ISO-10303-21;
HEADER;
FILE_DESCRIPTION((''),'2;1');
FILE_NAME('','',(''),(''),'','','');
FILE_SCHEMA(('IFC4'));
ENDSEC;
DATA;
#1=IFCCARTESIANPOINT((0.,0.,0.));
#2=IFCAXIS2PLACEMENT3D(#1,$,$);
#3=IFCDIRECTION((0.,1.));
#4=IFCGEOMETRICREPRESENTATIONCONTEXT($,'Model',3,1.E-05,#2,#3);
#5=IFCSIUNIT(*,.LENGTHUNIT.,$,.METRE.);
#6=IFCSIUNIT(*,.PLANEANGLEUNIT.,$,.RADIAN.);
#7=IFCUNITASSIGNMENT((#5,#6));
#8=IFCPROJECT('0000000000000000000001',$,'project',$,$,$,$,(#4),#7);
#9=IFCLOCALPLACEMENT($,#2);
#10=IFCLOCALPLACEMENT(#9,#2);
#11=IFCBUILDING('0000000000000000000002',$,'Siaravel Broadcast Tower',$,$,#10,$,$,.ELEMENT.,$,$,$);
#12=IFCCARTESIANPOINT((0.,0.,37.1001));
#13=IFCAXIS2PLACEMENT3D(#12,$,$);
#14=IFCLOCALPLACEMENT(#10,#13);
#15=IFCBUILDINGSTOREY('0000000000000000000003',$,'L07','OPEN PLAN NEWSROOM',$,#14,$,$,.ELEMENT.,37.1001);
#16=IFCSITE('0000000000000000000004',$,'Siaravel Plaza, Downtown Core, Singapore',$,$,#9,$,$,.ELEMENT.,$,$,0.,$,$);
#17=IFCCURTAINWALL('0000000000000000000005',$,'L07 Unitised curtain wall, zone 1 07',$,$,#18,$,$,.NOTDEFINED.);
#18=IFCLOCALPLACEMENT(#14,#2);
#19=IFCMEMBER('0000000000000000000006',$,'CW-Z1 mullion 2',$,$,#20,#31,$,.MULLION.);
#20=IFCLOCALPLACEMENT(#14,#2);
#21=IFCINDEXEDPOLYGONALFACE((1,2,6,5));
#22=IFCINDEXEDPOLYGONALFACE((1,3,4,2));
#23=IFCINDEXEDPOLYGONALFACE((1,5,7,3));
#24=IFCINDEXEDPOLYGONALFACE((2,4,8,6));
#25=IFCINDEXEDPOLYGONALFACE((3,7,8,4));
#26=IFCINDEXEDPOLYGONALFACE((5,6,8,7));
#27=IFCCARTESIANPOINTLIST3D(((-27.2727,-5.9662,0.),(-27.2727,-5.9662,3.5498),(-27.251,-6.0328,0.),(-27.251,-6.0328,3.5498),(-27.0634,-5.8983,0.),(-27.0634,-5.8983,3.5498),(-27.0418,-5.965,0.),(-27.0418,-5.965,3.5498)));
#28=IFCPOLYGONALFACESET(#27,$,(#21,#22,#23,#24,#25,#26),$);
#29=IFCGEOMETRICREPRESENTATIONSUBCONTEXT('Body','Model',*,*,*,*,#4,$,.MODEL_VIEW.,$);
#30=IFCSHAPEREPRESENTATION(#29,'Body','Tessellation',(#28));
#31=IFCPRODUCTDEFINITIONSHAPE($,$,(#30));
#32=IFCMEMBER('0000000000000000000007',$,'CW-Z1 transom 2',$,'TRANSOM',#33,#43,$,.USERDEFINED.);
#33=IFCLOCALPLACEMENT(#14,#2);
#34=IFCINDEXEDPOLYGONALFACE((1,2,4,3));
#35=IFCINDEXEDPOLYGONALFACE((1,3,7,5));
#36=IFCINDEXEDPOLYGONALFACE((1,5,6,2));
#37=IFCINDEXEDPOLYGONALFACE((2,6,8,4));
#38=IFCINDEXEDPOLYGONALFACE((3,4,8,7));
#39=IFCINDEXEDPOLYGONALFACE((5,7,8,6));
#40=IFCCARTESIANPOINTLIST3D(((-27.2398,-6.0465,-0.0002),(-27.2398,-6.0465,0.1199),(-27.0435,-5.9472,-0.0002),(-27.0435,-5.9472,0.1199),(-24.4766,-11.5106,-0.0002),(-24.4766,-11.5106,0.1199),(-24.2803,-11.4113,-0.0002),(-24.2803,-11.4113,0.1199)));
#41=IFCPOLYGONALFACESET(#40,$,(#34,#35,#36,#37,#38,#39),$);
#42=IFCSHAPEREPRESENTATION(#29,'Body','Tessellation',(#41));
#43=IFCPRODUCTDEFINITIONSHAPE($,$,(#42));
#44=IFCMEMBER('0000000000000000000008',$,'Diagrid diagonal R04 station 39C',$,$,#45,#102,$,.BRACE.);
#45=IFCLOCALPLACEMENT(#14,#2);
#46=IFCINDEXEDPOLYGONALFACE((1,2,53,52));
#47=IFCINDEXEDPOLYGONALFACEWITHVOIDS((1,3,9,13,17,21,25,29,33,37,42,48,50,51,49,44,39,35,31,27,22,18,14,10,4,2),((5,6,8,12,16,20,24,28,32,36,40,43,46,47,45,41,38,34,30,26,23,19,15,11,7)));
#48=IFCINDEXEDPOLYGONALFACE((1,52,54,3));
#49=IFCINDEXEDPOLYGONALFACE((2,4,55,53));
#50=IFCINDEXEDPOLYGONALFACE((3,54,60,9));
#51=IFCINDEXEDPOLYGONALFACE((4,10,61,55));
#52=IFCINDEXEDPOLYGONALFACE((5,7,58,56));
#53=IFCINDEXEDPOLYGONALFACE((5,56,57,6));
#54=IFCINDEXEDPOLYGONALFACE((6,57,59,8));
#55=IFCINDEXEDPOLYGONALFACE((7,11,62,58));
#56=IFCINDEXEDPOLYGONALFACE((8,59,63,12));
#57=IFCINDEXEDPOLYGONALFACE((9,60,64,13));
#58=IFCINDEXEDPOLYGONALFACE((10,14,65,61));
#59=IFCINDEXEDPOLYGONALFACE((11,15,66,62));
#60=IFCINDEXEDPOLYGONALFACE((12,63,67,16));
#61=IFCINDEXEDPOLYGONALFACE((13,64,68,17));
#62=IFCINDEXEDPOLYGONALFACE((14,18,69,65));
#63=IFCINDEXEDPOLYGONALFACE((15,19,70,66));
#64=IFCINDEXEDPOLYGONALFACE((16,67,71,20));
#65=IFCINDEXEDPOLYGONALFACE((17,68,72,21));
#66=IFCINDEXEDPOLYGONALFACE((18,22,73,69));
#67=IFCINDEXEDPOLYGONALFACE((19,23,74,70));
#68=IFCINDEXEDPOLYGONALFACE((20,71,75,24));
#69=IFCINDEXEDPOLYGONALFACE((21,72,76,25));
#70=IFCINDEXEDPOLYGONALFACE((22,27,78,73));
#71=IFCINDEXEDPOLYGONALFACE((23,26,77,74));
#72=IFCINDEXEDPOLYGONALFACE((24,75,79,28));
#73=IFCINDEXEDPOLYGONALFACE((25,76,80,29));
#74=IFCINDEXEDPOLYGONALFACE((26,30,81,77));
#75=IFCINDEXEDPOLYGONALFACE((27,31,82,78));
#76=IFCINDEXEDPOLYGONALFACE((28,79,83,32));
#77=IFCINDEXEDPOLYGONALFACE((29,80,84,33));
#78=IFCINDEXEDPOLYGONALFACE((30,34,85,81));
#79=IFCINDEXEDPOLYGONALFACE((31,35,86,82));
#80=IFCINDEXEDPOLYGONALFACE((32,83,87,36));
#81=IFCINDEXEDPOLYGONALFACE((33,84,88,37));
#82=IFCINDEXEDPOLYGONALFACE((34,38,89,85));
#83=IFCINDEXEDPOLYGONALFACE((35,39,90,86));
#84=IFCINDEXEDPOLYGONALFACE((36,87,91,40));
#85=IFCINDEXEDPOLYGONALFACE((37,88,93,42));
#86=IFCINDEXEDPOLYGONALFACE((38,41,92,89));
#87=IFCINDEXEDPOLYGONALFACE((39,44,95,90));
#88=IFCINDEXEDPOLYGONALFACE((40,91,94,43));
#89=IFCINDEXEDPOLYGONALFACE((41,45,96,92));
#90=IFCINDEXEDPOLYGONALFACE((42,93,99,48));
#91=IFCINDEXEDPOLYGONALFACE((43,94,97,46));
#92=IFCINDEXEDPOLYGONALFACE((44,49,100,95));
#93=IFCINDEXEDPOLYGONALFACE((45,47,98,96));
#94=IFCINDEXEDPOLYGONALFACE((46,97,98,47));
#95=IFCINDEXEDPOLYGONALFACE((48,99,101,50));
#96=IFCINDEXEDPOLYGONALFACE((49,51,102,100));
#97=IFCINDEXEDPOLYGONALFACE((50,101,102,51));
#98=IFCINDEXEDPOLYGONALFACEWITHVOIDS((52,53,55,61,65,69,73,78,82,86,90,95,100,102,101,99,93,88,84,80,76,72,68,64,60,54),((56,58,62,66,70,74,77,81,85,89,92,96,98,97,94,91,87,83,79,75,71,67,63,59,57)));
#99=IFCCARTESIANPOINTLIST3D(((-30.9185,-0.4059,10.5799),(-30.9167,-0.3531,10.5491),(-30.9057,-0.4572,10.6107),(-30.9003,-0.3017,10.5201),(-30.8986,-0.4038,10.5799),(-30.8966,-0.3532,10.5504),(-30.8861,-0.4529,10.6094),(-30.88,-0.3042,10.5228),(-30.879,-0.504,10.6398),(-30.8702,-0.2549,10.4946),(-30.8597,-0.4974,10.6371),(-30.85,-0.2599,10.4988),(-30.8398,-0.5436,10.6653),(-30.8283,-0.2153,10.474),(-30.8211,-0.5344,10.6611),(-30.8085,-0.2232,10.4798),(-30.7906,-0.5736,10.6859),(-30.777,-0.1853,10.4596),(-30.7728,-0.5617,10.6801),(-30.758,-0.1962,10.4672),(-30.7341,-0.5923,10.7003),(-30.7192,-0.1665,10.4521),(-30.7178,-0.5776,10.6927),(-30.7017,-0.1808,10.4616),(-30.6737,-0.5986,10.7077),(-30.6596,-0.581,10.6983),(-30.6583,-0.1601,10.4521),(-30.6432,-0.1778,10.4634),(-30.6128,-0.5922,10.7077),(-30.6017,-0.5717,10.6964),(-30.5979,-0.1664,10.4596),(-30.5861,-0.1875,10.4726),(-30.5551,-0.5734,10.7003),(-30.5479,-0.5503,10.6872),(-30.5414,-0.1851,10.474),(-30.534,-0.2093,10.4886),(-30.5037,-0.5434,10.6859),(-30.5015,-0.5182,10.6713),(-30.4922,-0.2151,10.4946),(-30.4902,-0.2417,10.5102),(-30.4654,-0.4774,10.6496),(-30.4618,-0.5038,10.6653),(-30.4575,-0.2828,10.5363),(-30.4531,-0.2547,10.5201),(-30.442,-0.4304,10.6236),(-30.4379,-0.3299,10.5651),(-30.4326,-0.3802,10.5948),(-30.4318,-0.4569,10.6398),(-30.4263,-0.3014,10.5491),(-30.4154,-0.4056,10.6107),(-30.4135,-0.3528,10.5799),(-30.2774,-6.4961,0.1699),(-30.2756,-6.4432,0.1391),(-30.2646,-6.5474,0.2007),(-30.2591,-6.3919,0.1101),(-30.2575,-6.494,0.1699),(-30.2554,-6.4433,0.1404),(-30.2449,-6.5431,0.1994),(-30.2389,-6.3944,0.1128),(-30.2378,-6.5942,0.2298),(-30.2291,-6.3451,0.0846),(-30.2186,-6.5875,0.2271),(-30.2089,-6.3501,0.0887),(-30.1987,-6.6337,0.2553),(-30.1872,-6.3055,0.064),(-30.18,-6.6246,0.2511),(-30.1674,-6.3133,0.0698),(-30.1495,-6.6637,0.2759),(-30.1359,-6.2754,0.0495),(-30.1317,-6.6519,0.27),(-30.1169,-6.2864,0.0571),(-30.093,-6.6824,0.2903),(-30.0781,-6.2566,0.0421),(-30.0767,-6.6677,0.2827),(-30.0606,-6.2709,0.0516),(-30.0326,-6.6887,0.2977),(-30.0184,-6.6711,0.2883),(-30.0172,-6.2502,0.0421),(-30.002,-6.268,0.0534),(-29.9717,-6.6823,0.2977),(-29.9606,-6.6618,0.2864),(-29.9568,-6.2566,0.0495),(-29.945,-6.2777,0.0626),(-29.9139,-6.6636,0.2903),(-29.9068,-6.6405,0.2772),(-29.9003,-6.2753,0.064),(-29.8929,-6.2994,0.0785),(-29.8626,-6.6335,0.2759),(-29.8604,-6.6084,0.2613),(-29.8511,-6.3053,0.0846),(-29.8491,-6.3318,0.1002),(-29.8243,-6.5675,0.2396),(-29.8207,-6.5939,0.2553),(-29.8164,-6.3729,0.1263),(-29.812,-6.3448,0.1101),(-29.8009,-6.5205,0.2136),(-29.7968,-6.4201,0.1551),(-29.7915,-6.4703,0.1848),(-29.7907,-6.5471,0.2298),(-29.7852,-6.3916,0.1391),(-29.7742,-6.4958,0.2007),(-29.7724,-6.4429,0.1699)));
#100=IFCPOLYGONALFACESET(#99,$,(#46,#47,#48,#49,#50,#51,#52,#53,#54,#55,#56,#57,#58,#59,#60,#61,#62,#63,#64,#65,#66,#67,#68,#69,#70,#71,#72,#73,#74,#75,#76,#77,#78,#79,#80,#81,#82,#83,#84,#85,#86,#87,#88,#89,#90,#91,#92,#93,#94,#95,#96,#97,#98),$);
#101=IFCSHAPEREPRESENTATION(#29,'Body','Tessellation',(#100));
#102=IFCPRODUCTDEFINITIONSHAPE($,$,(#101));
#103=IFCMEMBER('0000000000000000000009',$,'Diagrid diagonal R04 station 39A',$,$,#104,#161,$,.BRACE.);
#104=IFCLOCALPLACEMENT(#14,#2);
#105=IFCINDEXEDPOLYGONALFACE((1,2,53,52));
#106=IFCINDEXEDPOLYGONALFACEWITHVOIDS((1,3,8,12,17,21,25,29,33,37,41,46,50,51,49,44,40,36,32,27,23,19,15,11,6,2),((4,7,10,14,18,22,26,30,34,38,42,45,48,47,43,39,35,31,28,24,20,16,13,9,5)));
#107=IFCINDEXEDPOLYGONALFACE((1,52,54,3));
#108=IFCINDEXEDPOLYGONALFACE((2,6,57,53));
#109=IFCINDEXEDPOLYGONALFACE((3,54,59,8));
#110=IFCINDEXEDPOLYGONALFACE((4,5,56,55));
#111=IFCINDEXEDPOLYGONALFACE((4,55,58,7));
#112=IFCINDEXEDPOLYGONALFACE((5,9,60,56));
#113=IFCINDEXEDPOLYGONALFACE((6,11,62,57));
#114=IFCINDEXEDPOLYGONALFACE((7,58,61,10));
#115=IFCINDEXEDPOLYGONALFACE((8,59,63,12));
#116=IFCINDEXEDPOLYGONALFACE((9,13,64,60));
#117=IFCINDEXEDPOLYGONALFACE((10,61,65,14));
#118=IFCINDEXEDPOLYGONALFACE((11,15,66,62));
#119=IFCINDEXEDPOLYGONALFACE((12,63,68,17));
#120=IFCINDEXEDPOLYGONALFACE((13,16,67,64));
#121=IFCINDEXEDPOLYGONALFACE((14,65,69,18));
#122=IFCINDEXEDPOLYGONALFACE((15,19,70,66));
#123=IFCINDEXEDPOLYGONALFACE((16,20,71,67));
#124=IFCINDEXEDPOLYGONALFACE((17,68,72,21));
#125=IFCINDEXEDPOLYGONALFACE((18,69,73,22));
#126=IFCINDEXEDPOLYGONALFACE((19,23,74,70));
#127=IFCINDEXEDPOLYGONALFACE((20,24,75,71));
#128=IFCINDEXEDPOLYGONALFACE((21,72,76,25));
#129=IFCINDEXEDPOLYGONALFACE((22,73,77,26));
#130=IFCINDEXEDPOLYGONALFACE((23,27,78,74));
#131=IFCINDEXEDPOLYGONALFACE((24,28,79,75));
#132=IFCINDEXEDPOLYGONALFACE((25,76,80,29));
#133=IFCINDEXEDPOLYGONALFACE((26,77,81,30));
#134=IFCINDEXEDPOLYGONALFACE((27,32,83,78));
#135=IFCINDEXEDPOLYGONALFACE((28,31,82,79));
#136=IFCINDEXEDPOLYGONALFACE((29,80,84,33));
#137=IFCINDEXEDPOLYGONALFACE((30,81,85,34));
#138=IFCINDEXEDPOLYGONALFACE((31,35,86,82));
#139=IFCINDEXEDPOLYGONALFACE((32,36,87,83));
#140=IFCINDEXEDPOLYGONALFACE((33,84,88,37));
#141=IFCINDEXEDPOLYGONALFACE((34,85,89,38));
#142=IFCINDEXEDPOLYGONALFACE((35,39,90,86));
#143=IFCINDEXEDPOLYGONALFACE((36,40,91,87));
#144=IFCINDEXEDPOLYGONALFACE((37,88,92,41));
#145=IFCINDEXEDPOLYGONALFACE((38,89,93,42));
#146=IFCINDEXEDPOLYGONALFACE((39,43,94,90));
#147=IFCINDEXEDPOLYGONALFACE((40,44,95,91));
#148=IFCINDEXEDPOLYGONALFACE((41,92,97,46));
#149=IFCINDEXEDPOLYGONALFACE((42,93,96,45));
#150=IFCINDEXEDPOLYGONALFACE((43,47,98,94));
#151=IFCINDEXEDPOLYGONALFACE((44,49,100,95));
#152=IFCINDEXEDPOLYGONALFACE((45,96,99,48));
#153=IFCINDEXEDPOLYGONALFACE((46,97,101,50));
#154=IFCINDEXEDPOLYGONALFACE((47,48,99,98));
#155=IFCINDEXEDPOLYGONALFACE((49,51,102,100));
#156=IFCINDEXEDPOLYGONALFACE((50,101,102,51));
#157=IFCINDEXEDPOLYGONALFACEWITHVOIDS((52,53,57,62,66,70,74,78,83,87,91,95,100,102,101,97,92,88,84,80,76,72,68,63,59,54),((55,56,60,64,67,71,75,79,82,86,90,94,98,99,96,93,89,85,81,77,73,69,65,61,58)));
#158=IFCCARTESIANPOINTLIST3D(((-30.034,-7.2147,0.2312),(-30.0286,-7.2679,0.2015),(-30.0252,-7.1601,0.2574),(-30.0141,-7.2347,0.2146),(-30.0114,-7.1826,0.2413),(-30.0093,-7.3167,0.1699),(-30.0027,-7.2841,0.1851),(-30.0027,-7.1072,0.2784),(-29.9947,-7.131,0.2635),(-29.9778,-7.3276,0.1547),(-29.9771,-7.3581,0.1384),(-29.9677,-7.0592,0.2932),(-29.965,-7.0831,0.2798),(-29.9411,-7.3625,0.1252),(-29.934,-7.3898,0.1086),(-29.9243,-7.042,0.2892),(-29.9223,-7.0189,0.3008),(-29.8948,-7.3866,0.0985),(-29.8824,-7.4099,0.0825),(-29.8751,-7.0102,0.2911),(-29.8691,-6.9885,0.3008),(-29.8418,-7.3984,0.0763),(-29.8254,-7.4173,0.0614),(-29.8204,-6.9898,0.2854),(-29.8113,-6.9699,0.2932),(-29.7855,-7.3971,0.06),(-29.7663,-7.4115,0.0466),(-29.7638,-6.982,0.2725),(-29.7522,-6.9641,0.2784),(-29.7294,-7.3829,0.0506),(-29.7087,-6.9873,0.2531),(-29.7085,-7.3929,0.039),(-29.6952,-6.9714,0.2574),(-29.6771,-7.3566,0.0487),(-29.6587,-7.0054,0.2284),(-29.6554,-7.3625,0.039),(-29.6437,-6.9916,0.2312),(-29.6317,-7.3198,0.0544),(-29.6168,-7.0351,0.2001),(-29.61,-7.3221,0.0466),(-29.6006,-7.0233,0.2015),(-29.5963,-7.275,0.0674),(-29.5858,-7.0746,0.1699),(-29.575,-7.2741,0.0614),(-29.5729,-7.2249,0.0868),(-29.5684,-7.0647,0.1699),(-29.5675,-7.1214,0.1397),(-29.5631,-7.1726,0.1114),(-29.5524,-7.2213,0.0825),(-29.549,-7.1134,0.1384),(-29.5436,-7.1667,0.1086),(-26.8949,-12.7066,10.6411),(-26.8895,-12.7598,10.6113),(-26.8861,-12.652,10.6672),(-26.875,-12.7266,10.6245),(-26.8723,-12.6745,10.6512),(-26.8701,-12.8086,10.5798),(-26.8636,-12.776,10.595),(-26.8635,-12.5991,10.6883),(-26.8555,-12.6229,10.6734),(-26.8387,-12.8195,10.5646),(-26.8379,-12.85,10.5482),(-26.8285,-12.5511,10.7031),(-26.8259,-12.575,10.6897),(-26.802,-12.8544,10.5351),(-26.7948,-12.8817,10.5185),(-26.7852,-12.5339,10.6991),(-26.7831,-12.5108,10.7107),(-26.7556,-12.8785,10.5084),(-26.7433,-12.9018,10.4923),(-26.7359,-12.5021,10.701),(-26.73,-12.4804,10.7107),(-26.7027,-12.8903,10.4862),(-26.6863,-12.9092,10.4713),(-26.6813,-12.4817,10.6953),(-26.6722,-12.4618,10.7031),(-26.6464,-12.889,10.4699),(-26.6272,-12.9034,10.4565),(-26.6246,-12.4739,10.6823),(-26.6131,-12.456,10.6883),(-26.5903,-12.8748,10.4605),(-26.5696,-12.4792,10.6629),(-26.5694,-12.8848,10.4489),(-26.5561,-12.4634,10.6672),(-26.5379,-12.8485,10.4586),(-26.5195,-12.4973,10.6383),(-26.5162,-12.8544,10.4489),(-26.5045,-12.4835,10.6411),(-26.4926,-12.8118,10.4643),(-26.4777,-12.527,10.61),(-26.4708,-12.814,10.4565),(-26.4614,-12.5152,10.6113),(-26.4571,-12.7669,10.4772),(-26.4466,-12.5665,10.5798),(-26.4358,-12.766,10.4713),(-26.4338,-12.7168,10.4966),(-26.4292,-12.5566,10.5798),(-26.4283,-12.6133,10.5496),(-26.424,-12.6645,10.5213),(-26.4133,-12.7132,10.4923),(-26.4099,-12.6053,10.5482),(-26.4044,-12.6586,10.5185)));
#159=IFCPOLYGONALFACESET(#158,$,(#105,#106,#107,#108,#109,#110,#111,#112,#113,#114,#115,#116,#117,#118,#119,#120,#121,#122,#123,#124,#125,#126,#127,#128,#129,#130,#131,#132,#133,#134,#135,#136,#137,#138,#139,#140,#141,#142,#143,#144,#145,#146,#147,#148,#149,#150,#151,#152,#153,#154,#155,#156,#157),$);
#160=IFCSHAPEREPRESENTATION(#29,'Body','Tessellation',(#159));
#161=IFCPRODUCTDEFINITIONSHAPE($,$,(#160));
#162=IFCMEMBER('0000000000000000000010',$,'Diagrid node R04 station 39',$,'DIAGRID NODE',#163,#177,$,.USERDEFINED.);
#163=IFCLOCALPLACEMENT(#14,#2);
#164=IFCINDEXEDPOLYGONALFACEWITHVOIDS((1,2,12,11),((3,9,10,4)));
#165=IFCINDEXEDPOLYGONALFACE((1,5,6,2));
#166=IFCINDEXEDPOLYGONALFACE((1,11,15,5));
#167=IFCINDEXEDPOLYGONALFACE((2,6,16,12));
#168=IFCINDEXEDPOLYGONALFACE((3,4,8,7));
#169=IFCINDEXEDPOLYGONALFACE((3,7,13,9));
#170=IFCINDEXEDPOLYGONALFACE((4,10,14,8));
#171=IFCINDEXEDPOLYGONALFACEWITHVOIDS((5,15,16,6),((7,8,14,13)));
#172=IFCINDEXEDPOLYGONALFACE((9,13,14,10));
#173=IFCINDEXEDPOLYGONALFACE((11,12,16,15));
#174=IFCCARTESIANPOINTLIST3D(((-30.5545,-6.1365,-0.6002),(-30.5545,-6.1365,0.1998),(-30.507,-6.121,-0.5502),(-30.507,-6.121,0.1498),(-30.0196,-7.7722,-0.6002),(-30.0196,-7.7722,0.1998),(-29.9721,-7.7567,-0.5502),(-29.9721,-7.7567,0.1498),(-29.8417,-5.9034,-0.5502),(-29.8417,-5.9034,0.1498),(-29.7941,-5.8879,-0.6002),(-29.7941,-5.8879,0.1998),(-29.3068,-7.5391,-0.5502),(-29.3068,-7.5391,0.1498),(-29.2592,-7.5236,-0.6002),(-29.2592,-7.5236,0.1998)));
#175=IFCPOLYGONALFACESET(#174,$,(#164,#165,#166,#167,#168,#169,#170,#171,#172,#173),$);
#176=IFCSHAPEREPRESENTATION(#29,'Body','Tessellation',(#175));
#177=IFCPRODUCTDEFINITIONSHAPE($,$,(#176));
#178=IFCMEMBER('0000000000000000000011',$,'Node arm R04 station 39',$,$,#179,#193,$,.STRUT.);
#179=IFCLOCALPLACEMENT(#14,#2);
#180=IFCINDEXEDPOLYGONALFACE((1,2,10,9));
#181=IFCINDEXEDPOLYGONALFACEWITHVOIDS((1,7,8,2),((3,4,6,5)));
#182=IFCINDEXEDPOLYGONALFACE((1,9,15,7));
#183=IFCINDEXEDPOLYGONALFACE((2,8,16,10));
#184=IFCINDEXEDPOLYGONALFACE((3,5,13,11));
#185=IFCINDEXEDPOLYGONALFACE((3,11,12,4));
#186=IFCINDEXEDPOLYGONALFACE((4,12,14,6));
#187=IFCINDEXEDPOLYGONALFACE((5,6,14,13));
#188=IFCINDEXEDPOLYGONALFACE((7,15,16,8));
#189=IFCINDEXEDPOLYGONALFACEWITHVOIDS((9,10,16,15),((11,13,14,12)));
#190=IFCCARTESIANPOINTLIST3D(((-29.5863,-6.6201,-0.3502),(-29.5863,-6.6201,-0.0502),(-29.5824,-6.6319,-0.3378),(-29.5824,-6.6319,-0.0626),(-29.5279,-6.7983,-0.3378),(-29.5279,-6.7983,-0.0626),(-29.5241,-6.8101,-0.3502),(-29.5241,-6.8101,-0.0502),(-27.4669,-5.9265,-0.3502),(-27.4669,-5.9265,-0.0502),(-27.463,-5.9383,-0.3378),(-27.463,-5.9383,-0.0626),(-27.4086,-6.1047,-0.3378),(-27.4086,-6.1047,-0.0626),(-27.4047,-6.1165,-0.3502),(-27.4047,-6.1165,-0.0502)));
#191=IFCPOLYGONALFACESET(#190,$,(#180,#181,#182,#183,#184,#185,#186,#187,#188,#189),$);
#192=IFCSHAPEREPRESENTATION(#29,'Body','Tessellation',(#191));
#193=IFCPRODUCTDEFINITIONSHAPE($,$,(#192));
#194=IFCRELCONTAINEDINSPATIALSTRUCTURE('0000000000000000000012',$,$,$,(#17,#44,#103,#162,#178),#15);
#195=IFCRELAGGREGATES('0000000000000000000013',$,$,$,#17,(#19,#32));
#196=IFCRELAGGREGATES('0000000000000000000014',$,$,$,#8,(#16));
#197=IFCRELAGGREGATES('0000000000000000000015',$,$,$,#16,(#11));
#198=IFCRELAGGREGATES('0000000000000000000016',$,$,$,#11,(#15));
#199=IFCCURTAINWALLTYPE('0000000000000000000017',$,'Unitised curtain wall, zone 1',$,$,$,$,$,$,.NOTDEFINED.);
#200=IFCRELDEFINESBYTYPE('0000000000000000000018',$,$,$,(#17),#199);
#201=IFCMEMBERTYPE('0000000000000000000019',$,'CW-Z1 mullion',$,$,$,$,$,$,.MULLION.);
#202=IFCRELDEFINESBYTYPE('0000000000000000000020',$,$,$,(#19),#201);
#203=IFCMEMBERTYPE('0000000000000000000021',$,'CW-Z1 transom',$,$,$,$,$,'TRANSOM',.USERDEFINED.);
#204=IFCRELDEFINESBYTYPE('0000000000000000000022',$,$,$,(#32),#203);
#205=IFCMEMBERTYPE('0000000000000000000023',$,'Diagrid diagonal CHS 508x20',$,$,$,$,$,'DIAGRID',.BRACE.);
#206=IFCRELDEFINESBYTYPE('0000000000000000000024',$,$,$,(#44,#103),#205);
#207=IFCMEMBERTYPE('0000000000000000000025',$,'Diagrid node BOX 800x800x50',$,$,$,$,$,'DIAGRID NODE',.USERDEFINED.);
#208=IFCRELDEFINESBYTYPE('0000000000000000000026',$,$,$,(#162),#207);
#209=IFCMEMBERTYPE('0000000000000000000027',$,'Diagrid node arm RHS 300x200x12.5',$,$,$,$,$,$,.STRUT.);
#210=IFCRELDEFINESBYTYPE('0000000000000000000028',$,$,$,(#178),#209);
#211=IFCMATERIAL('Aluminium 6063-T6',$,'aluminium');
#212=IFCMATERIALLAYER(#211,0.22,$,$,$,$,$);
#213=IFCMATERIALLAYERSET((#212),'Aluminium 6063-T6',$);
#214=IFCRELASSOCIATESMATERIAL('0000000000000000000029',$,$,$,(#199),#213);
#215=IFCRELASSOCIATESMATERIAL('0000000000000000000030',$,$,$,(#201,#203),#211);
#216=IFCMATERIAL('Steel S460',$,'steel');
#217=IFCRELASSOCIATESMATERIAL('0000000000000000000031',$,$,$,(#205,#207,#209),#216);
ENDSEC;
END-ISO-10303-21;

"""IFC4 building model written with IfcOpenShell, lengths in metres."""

from ifc_helpers import new_model, si_unit, direction, frame, origin, origin_2d, place, context, subcontext, project, spatial, rectangle, hollow_rectangle, hollow_circle, extrude, material, layer, layer_set, material_profile, profile_set, type_object, element, aggregate, save


model = new_model("IFC4")

# Units and contexts
model_context = context("Model", 3, precision=1e-05, world=origin(), true_north=direction((0.0, 1.0)))
body_context = subcontext(model_context, "Body", "Model", "MODEL_VIEW")
ifc_project = project(units=[si_unit("LENGTHUNIT", "METRE"), si_unit("PLANEANGLEUNIT", "RADIAN")], contexts=[model_context])

# Site, building, storey
site_placement = place(None, origin())
site = spatial("IfcSite", under=ifc_project, at=site_placement, Name="Siaravel Plaza, Downtown Core, Singapore", CompositionType="ELEMENT", RefElevation=0.0)
building_placement = place(site_placement, origin())
building = spatial("IfcBuilding", under=site, at=building_placement, Name="Siaravel Broadcast Tower", CompositionType="ELEMENT")
storey_placement = place(building_placement, frame((0.0, 0.0, 37.1001)))
storey = spatial("IfcBuildingStorey", under=building, at=storey_placement, Name="L07", Description="OPEN PLAN NEWSROOM", CompositionType="ELEMENT", Elevation=37.1001)

# Curtain wall, members
ifc_material_1 = material(Name="Aluminium 6063-T6", Category="aluminium")
ifc_layer_1 = layer(ifc_material_1, 0.22)
ifc_layer_set_1 = layer_set([ifc_layer_1], Name="Aluminium 6063-T6")
curtain_wall_type = type_object("IfcCurtainWallType", Name="Unitised curtain wall, zone 1", PredefinedType="NOTDEFINED", material=ifc_layer_set_1)
curtain_wall_placement = place(storey_placement, origin())
curtain_wall = element("IfcCurtainWall", 1, at=curtain_wall_placement, inside=storey, type_object=curtain_wall_type, Name="L07 Unitised curtain wall, zone 1 07", PredefinedType="NOTDEFINED")
ifc_material_profile_1 = material_profile(ifc_material_1, rectangle(XDim=0.22, YDim=0.0701, at=origin_2d()))
ifc_profile_set_1 = profile_set([ifc_material_profile_1], Name="Aluminium 6063-T6")
member_type_1 = type_object("IfcMemberType", Name="CW-Z1 mullion", PredefinedType="MULLION", material=ifc_profile_set_1)
member_1_placement = place(storey_placement, frame((-27.1572, -5.9656, 0.0), z_axis=(0.0, 0.0, 1.0), x_axis=(0.951177, 0.308646, 0.0)))
member_1 = element("IfcMember", 2, at=member_1_placement, type_object=member_type_1, Name="CW-Z1 mullion 2", PredefinedType="MULLION", context=body_context, shape_type="SweptSolid", body=[
    extrude(rectangle(XDim=0.22, YDim=0.0701, at=origin_2d()), origin(), (0.0, 0.0, 1.0), 3.5498),
])
ifc_material_profile_2 = material_profile(ifc_material_1, rectangle(XDim=0.22, YDim=0.1201, at=origin_2d()))
ifc_profile_set_2 = profile_set([ifc_material_profile_2], Name="Aluminium 6063-T6")
member_type_2 = type_object("IfcMemberType", Name="CW-Z1 transom", ElementType="TRANSOM", PredefinedType="USERDEFINED", material=ifc_profile_set_2)
member_2_placement = place(storey_placement, frame((-27.1416, -5.9968, 0.0598), z_axis=(0.451276, -0.892384, 0.0), x_axis=(0.892384, 0.451276, 0.0)))
member_2 = element("IfcMember", 3, at=member_2_placement, type_object=member_type_2, Name="CW-Z1 transom 2", ObjectType="TRANSOM", PredefinedType="USERDEFINED", context=body_context, shape_type="SweptSolid", body=[
    extrude(rectangle(XDim=0.22, YDim=0.1201, at=origin_2d()), origin(), (0.0, 0.0, 1.0), 6.123),
])

# Members
ifc_material_2 = material(Name="Steel S460", Category="steel")
ifc_material_profile_3 = material_profile(ifc_material_2, hollow_circle(Radius=0.2539, WallThickness=0.02, at=origin_2d()))
ifc_profile_set_3 = profile_set([ifc_material_profile_3], Name="Steel S460")
member_type_3 = type_object("IfcMemberType", Name="Diagrid diagonal CHS 508x20", ElementType="DIAGRID", PredefinedType="BRACE", material=ifc_profile_set_3)
member_3_placement = place(storey_placement, frame((-30.0249, -6.4695, 0.1699), z_axis=(-0.053083, 0.50425, 0.861925), x_axis=(-0.994505, -0.104693, 0.0)))
element("IfcMember", 4, at=member_3_placement, inside=storey, type_object=member_type_3, Name="Diagrid diagonal R04 station 39C", PredefinedType="BRACE", context=body_context, shape_type="SweptSolid", body=[
    extrude(hollow_circle(Radius=0.2539, WallThickness=0.02, at=origin_2d()), origin(), (0.0, 0.0, 1.0), 12.0776),
])
member_4_placement = place(storey_placement, frame((-29.7888, -7.1907, 0.1699), z_axis=(0.257705, -0.450853, 0.854587), x_axis=(0.868181, 0.496247, 0.0)))
element("IfcMember", 5, at=member_4_placement, inside=storey, type_object=member_type_3, Name="Diagrid diagonal R04 station 39A", PredefinedType="BRACE", context=body_context, shape_type="SweptSolid", body=[
    extrude(hollow_circle(Radius=0.2539, WallThickness=0.02, at=origin_2d()), origin(), (0.0, 0.0, 1.0), 12.1812),
])
ifc_material_profile_4 = material_profile(ifc_material_2, hollow_rectangle(XDim=0.8, YDim=0.8, WallThickness=0.05, at=origin_2d()))
ifc_profile_set_4 = profile_set([ifc_material_profile_4], Name="Steel S460")
member_type_4 = type_object("IfcMemberType", Name="Diagrid node BOX 800x800x50", ElementType="DIAGRID NODE", PredefinedType="USERDEFINED", material=ifc_profile_set_4)
member_5_placement = place(storey_placement, frame((-30.1743, -6.0122, -0.2002), z_axis=(0.310818, -0.95047, 0.0), x_axis=(0.95047, 0.310818, 0.0)))
element("IfcMember", 6, at=member_5_placement, inside=storey, type_object=member_type_4, Name="Diagrid node R04 station 39", ObjectType="DIAGRID NODE", PredefinedType="USERDEFINED", context=body_context, shape_type="SweptSolid", body=[
    extrude(hollow_rectangle(XDim=0.8, YDim=0.8, WallThickness=0.05, at=origin_2d()), origin(), (0.0, 0.0, 1.0), 1.7209),
])
ifc_material_profile_5 = material_profile(ifc_material_2, hollow_rectangle(XDim=0.2, YDim=0.3, WallThickness=0.0125, at=origin_2d()))
ifc_profile_set_5 = profile_set([ifc_material_profile_5], Name="Steel S460")
member_type_5 = type_object("IfcMemberType", Name="Diagrid node arm RHS 300x200x12.5", PredefinedType="STRUT", material=ifc_profile_set_5)
member_6_placement = place(storey_placement, frame((-27.4358, -6.0215, -0.2002), z_axis=(-0.950399, -0.311034, 0.0), x_axis=(0.311034, -0.950399, 0.0)))
element("IfcMember", 7, at=member_6_placement, inside=storey, type_object=member_type_5, Name="Node arm R04 station 39", PredefinedType="STRUT", context=body_context, shape_type="SweptSolid", body=[
    extrude(hollow_rectangle(XDim=0.2, YDim=0.3, WallThickness=0.0125, at=origin_2d()), origin(), (0.0, 0.0, 1.0), 2.23),
])

aggregate(curtain_wall, [member_1, member_2])

save(model, "model.ifc")
